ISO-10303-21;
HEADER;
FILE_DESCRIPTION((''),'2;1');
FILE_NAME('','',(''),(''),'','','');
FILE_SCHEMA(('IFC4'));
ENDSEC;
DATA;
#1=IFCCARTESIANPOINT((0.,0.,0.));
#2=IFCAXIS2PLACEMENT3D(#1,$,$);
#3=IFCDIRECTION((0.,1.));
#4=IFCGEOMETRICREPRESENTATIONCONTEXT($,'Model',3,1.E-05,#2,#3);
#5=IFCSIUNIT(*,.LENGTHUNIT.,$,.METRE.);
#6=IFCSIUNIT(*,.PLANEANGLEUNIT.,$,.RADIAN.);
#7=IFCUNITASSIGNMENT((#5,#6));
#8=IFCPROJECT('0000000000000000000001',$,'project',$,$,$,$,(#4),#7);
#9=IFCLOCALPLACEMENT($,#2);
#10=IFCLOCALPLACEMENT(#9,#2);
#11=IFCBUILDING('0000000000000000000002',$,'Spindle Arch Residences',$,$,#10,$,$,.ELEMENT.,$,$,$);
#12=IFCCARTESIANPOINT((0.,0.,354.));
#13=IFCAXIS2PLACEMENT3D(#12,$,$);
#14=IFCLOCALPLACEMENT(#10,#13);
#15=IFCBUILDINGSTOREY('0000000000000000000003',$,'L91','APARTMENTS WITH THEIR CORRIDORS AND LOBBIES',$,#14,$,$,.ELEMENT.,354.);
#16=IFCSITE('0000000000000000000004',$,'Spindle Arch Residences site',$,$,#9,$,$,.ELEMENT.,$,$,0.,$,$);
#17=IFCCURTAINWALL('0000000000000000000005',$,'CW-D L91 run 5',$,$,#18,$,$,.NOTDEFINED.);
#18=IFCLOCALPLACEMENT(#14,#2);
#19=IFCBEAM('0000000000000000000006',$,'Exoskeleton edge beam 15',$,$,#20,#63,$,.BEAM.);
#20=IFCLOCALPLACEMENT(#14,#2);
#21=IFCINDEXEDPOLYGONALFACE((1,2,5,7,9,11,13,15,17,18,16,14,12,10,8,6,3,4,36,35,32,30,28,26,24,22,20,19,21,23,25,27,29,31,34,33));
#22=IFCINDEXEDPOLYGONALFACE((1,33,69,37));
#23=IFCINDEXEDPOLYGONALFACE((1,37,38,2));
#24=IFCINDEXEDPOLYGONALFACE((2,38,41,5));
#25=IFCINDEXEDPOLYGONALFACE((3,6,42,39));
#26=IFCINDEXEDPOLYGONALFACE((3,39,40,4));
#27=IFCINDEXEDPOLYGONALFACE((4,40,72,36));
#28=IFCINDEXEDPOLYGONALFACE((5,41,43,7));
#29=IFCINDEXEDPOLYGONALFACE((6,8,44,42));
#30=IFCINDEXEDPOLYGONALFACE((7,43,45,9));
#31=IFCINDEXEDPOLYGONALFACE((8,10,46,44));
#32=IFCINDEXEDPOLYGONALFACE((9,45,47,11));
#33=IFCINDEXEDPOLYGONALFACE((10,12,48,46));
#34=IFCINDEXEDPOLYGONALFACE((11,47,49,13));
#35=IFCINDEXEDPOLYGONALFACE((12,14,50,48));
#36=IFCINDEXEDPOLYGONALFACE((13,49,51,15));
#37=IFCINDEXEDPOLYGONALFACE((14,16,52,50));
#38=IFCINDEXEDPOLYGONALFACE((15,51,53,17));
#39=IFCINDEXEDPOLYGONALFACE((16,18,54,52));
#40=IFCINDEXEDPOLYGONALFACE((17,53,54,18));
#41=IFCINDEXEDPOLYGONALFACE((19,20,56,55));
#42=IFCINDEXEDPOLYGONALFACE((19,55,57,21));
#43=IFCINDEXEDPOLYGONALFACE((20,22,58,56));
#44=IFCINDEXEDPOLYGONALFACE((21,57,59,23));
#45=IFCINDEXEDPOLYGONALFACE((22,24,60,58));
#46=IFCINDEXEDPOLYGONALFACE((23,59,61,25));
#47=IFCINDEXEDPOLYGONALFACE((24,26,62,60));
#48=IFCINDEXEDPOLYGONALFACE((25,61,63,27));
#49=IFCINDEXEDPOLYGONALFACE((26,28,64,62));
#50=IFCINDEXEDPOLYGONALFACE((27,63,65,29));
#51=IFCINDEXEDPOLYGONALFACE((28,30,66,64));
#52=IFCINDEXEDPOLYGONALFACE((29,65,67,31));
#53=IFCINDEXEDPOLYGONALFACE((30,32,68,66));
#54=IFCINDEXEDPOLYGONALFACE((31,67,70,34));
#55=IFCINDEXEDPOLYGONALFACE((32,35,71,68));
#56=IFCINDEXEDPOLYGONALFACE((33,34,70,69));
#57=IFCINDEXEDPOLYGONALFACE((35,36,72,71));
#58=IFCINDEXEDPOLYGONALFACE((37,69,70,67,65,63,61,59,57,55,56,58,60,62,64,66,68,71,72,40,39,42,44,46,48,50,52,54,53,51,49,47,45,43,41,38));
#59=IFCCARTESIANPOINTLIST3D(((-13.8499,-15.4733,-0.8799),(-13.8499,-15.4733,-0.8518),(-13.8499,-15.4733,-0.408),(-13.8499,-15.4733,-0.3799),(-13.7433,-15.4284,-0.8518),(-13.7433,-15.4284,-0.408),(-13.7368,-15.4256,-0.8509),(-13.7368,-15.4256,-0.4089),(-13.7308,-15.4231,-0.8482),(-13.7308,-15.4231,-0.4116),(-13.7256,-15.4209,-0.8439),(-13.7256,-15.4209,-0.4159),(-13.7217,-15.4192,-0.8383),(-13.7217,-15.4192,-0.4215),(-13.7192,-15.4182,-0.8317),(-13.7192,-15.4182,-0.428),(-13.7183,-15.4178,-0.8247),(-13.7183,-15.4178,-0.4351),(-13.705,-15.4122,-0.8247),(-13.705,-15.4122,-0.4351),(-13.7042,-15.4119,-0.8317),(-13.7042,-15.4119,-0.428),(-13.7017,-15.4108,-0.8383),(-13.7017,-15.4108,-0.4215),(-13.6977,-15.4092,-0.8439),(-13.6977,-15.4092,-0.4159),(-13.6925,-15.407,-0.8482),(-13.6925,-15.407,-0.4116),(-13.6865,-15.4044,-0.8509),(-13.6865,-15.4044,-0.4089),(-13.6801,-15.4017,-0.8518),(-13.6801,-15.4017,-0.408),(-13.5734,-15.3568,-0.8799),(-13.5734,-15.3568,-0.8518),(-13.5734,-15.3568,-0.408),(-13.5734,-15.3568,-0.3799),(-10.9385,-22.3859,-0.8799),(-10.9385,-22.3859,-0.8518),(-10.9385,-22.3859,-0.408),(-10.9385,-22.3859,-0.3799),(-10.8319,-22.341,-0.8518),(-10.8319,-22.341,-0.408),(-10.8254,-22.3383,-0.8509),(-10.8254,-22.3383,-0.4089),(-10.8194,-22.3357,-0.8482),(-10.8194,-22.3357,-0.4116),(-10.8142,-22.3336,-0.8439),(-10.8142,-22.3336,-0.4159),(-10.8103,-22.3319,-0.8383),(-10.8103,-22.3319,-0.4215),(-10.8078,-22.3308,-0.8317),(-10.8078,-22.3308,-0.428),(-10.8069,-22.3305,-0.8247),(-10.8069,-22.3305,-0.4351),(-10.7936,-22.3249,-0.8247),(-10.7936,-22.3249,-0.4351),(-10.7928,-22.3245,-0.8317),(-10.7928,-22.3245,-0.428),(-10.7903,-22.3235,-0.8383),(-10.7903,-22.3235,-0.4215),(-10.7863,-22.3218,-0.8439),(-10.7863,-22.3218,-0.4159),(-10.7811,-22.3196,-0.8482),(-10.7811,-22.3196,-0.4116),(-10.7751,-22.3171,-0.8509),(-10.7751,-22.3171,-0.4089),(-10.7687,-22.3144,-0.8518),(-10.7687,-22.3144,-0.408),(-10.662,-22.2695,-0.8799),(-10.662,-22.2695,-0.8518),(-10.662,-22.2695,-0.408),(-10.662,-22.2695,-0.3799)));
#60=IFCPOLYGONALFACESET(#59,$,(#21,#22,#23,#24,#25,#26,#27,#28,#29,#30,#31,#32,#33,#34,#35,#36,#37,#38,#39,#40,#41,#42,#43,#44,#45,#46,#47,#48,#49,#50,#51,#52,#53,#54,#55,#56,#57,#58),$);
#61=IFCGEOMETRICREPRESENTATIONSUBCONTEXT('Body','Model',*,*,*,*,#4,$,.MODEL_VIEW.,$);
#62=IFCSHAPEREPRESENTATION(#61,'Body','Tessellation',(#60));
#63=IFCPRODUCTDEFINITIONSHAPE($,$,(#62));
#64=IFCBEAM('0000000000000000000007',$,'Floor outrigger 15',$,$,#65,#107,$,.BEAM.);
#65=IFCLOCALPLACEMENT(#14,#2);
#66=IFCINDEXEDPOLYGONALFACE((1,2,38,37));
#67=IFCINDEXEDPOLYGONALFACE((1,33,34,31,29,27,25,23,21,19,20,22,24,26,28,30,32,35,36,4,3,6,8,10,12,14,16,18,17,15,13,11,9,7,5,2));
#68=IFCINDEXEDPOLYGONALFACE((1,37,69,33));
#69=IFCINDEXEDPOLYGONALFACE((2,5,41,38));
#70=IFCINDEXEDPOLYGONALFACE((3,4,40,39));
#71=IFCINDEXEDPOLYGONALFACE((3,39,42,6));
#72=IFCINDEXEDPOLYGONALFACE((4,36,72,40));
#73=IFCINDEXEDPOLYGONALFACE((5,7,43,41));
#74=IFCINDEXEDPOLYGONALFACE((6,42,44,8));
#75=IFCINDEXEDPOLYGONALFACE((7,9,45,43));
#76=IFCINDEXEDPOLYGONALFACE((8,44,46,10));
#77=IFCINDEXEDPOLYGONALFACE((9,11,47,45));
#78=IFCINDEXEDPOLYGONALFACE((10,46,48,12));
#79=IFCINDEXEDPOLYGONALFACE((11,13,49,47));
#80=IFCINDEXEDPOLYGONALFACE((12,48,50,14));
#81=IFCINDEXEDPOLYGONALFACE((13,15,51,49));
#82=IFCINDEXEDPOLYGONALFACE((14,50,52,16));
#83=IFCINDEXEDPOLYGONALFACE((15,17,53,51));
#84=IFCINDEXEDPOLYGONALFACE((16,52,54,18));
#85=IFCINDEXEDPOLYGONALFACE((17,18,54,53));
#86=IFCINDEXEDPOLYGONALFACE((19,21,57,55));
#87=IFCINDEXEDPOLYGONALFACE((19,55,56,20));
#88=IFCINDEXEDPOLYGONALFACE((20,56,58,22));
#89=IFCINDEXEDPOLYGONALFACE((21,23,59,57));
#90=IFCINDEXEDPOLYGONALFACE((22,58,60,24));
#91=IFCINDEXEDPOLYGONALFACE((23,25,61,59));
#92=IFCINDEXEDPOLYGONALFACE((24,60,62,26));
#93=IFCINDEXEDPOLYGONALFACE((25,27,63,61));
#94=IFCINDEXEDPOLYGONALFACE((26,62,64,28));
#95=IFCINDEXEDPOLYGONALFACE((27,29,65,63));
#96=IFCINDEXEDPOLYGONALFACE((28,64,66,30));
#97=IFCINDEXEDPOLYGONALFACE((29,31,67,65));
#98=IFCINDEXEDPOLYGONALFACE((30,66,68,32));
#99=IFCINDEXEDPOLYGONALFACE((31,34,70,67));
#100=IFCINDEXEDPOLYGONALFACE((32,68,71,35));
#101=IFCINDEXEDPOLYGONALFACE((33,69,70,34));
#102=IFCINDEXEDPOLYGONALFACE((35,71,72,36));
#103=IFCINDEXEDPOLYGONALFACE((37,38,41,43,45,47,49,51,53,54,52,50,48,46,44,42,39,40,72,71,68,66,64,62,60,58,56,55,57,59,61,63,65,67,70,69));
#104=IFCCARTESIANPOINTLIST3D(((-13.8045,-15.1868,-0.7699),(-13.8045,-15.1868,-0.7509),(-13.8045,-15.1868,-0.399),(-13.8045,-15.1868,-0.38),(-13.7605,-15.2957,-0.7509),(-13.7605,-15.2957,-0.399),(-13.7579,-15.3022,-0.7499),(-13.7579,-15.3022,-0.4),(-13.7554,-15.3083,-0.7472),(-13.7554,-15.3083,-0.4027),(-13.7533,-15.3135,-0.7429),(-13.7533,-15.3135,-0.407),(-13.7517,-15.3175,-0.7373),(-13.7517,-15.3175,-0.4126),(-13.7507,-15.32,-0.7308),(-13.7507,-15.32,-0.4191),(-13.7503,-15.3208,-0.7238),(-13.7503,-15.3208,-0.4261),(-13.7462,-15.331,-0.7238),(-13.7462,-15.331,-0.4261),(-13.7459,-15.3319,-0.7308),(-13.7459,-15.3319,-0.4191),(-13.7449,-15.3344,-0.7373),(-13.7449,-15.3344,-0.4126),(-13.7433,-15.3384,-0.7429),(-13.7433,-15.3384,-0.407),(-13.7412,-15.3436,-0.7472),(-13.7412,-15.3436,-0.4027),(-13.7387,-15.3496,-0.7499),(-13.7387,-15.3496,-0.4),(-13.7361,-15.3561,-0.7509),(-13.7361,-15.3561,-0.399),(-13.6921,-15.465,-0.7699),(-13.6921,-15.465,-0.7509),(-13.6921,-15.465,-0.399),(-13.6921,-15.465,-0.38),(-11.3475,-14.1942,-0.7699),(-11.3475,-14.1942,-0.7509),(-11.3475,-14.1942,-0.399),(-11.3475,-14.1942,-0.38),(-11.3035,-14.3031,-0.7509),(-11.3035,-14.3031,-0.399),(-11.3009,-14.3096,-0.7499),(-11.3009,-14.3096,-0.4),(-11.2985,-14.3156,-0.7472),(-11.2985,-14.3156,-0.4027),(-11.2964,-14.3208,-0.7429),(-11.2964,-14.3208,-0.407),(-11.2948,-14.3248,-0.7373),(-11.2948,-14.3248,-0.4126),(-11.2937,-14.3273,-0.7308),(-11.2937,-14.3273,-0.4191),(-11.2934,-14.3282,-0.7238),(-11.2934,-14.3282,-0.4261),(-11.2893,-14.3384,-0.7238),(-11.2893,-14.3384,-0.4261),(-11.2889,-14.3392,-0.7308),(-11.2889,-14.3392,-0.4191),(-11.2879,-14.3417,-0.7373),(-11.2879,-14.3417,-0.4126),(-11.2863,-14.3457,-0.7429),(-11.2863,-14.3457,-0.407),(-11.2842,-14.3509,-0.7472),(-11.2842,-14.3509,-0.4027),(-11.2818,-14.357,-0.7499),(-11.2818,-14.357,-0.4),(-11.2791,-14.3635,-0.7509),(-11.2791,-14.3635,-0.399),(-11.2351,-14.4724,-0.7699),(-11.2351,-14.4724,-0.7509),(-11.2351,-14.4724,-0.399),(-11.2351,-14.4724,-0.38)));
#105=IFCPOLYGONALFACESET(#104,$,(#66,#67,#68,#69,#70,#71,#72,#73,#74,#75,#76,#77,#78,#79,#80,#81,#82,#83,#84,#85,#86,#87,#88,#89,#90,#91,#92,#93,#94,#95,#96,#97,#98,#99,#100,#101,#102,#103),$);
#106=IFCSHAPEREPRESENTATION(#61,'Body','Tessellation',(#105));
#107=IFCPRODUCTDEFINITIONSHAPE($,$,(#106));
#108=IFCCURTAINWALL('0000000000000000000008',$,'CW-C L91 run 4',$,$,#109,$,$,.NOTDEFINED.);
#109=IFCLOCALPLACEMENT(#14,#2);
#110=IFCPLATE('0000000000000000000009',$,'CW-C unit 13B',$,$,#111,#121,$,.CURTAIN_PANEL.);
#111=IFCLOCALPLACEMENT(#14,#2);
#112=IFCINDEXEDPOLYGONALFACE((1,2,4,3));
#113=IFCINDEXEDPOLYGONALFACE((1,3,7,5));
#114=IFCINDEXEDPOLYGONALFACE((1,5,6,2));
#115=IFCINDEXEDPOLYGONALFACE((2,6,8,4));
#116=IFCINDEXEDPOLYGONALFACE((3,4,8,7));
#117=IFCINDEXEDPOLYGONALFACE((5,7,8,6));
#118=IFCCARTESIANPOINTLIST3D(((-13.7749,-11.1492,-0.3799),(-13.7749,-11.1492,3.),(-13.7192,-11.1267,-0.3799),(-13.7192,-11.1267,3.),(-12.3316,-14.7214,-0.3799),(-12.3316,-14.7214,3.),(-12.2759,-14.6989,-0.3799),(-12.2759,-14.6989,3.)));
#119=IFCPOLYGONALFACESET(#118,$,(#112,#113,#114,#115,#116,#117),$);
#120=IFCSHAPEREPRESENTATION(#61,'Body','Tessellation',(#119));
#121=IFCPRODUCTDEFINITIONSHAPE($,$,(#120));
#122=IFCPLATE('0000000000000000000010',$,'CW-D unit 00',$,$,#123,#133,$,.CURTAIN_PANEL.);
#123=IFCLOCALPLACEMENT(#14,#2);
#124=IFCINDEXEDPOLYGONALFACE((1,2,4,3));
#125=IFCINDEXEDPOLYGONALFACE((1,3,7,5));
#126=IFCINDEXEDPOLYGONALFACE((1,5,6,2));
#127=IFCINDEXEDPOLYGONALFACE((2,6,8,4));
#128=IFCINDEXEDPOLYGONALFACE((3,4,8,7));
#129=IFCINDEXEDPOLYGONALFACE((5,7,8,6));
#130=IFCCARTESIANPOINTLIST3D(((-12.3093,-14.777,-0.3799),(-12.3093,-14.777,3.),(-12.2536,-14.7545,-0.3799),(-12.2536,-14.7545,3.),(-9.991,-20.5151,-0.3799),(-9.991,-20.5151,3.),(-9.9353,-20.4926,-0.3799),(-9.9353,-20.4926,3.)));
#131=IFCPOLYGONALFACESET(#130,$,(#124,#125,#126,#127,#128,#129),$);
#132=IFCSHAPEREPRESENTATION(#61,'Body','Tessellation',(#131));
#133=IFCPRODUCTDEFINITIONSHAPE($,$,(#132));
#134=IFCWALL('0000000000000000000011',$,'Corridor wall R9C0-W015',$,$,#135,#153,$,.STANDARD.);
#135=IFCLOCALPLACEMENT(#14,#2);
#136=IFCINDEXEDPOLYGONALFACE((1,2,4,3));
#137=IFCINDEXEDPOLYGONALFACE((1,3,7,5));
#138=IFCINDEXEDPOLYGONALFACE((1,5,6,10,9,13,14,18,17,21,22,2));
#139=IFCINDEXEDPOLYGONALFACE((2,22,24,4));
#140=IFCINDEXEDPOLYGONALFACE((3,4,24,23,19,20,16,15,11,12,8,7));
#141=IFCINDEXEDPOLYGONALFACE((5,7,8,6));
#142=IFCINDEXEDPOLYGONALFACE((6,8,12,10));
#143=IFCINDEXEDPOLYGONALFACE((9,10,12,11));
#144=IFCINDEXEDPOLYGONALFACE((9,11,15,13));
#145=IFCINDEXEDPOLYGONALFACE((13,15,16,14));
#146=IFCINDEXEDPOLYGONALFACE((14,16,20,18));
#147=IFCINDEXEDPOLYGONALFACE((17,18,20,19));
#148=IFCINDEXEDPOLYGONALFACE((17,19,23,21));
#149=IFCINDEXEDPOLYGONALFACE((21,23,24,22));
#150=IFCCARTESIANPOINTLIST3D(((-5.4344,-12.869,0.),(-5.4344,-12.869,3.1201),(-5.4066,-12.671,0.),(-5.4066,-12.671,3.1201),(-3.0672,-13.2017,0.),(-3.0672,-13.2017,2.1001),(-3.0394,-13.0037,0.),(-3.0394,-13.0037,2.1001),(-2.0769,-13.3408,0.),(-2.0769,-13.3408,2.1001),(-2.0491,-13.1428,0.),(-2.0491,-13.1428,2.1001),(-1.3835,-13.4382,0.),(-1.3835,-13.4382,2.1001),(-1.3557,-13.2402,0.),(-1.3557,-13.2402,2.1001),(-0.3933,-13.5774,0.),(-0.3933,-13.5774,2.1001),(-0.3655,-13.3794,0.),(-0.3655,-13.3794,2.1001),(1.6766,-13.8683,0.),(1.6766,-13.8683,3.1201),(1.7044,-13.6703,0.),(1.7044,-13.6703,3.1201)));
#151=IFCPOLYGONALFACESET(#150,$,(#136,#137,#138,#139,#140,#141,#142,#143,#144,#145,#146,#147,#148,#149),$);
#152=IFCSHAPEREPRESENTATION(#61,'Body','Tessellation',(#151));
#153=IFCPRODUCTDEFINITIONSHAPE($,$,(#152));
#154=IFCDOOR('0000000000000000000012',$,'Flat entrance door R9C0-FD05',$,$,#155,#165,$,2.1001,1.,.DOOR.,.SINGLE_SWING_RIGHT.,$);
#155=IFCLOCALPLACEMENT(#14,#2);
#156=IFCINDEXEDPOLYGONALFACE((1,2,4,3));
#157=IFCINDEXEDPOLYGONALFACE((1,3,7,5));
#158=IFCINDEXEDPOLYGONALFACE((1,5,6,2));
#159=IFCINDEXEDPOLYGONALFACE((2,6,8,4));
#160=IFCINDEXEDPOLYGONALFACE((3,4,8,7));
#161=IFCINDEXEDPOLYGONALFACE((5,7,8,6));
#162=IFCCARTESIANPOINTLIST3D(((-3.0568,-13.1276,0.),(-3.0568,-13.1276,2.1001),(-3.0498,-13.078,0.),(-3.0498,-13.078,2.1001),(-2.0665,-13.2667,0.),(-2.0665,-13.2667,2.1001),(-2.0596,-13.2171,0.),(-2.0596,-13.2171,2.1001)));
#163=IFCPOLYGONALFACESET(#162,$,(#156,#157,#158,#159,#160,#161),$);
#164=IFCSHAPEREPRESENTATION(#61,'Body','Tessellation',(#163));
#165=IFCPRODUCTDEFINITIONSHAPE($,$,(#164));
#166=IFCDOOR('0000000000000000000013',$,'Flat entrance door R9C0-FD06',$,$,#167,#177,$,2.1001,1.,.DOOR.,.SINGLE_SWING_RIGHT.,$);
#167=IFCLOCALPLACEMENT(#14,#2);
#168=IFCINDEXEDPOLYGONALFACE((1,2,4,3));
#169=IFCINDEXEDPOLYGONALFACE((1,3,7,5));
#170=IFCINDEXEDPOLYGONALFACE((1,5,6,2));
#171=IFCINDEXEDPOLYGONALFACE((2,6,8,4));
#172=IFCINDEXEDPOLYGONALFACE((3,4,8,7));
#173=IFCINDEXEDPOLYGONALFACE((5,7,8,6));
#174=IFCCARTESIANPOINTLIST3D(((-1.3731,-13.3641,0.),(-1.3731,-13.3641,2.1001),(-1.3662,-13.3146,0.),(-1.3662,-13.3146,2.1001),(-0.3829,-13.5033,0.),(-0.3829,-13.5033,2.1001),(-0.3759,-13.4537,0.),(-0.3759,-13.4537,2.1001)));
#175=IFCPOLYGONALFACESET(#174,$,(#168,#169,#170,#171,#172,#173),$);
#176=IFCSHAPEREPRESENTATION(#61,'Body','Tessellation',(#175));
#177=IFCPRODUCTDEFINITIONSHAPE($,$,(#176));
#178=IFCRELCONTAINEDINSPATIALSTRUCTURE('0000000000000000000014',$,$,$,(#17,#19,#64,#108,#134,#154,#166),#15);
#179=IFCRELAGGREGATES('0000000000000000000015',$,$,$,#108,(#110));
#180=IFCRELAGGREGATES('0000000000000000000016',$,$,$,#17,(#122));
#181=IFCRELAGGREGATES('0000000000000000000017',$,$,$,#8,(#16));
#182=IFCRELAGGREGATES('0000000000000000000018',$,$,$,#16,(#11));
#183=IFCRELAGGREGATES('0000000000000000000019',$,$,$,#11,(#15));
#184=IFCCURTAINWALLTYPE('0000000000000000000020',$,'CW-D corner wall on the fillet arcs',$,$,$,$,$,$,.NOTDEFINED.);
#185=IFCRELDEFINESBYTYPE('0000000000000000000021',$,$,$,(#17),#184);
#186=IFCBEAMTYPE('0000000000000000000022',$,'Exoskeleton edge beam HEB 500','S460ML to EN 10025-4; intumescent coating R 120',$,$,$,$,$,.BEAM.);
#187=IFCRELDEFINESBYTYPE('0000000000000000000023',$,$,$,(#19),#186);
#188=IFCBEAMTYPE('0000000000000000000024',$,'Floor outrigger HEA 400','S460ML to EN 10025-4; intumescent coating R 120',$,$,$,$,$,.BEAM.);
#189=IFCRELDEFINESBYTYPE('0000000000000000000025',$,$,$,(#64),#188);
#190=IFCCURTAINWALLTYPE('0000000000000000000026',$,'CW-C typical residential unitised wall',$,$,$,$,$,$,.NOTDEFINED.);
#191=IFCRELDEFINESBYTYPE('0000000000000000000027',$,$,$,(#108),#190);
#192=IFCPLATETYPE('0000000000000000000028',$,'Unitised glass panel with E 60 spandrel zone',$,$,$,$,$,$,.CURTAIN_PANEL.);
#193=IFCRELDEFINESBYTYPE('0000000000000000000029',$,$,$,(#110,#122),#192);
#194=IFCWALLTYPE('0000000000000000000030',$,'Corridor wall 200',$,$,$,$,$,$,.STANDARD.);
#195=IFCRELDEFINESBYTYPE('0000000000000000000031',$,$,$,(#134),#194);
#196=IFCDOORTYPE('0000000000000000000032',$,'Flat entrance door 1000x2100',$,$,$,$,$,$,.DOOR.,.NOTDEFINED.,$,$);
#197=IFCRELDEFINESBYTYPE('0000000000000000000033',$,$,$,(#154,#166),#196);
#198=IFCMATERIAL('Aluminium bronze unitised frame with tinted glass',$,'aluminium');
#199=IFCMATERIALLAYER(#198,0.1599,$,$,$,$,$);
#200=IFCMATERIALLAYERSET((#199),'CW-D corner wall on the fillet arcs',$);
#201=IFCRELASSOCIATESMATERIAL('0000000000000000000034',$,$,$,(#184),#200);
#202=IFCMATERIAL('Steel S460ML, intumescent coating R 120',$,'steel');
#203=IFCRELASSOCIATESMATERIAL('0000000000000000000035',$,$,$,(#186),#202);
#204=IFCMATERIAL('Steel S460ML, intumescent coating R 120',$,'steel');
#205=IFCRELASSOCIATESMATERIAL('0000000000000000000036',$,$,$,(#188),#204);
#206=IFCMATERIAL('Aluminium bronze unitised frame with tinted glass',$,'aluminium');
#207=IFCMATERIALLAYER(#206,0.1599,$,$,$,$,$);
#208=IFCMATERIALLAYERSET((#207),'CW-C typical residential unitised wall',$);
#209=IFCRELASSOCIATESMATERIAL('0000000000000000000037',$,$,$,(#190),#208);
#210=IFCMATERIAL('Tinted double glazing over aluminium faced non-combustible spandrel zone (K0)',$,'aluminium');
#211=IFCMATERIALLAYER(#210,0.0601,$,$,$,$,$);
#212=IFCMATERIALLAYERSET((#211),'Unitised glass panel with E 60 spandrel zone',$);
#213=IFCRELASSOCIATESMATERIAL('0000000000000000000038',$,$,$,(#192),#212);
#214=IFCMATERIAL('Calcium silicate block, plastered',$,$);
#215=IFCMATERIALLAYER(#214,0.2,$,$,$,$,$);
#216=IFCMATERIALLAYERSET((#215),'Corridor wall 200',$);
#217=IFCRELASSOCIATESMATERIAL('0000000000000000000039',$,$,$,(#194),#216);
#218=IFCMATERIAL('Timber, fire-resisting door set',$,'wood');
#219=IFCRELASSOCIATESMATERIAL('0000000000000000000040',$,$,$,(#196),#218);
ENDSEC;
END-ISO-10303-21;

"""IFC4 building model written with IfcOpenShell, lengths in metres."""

from ifc_helpers import new_model, si_unit, direction, frame, frame_2d, origin, origin_2d, place, context, subcontext, project, spatial, rectangle, i_section, extrude, material, layer, layer_set, material_profile, profile_set, type_object, element, fill, aggregate, save


model = new_model("IFC4")

# Units and contexts
model_context = context("Model", 3, precision=1e-05, world=origin(), true_north=direction((0.0, 1.0)))
body_context = subcontext(model_context, "Body", "Model", "MODEL_VIEW")
ifc_project = project(units=[si_unit("LENGTHUNIT", "METRE"), si_unit("PLANEANGLEUNIT", "RADIAN")], contexts=[model_context])

# Site, building, storey
site_placement = place(None, origin())
site = spatial("IfcSite", under=ifc_project, at=site_placement, Name="Spindle Arch Residences site", CompositionType="ELEMENT", RefElevation=0.0)
building_placement = place(site_placement, origin())
building = spatial("IfcBuilding", under=site, at=building_placement, Name="Spindle Arch Residences", CompositionType="ELEMENT")
storey_placement = place(building_placement, frame((0.0, 0.0, 354.0)))
storey = spatial("IfcBuildingStorey", under=building, at=storey_placement, Name="L91", Description="APARTMENTS WITH THEIR CORRIDORS AND LOBBIES", CompositionType="ELEMENT", Elevation=354.0)

# Curtain wall
ifc_material_1 = material(Name="Aluminium bronze unitised frame with tinted glass", Category="aluminium")
ifc_layer_1 = layer(ifc_material_1, 0.1599)
ifc_layer_set_1 = layer_set([ifc_layer_1], Name="CW-D corner wall on the fillet arcs")
curtain_wall_type_1 = type_object("IfcCurtainWallType", Name="CW-D corner wall on the fillet arcs", PredefinedType="NOTDEFINED", material=ifc_layer_set_1)
curtain_wall_1_placement = place(storey_placement, origin())
curtain_wall_1 = element("IfcCurtainWall", 1, at=curtain_wall_1_placement, inside=storey, type_object=curtain_wall_type_1, Name="CW-D L91 run 5", PredefinedType="NOTDEFINED")

# Beams
ifc_material_2 = material(Name="Steel S460ML, intumescent coating R 120", Category="steel")
ifc_material_profile_1 = material_profile(ifc_material_2, i_section(OverallWidth=0.3, OverallDepth=0.5, WebThickness=0.0144, FlangeThickness=0.0281, FilletRadius=0.0271, at=origin_2d()), Name="HEB 500")
ifc_profile_set_1 = profile_set([ifc_material_profile_1], Name="Steel S460ML, intumescent coating R 120")
beam_type_1 = type_object("IfcBeamType", Name="Exoskeleton edge beam HEB 500", Description="S460ML to EN 10025-4; intumescent coating R 120", PredefinedType="BEAM", material=ifc_profile_set_1)
beam_1_placement = place(storey_placement, frame((-13.7117, -15.415, -0.6299), z_axis=(0.388149, -0.921597, 0.0), x_axis=(0.921597, 0.388149, 0.0)))
element("IfcBeam", 2, at=beam_1_placement, inside=storey, type_object=beam_type_1, Name="Exoskeleton edge beam 15", PredefinedType="BEAM", context=body_context, shape_type="SweptSolid", body=[
    extrude(i_section(OverallWidth=0.3, OverallDepth=0.5, WebThickness=0.0144, FlangeThickness=0.0281, FilletRadius=0.0271, at=origin_2d()), origin(), (0.0, 0.0, 1.0), 7.5007),
])
ifc_material_3 = material(Name="Steel S460ML, intumescent coating R 120", Category="steel")
ifc_material_profile_2 = material_profile(ifc_material_3, i_section(OverallWidth=0.3, OverallDepth=0.3899, WebThickness=0.011, FlangeThickness=0.019, FilletRadius=0.0271, at=origin_2d()), Name="HEA 400")
ifc_profile_set_2 = profile_set([ifc_material_profile_2], Name="Steel S460ML, intumescent coating R 120")
beam_type_2 = type_object("IfcBeamType", Name="Floor outrigger HEA 400", Description="S460ML to EN 10025-4; intumescent coating R 120", PredefinedType="BEAM", material=ifc_profile_set_2)
beam_2_placement = place(storey_placement, frame((-13.7483, -15.3259, -0.575), z_axis=(0.927188, 0.374597, 0.0), x_axis=(-0.374597, 0.927188, 0.0)))
element("IfcBeam", 3, at=beam_2_placement, inside=storey, type_object=beam_type_2, Name="Floor outrigger 15", PredefinedType="BEAM", context=body_context, shape_type="SweptSolid", body=[
    extrude(i_section(OverallWidth=0.3, OverallDepth=0.3899, WebThickness=0.011, FlangeThickness=0.019, FilletRadius=0.0271, at=origin_2d()), origin(), (0.0, 0.0, 1.0), 2.6499),
])

# Curtain wall, plate
ifc_material_4 = material(Name="Aluminium bronze unitised frame with tinted glass", Category="aluminium")
ifc_layer_2 = layer(ifc_material_4, 0.1599)
ifc_layer_set_2 = layer_set([ifc_layer_2], Name="CW-C typical residential unitised wall")
curtain_wall_type_2 = type_object("IfcCurtainWallType", Name="CW-C typical residential unitised wall", PredefinedType="NOTDEFINED", material=ifc_layer_set_2)
curtain_wall_2_placement = place(storey_placement, origin())
curtain_wall_2 = element("IfcCurtainWall", 4, at=curtain_wall_2_placement, inside=storey, type_object=curtain_wall_type_2, Name="CW-C L91 run 4", PredefinedType="NOTDEFINED")
ifc_material_5 = material(Name="Tinted double glazing over aluminium faced non-combustible spandrel zone (K0)", Category="aluminium")
ifc_layer_3 = layer(ifc_material_5, 0.0601)
ifc_layer_set_3 = layer_set([ifc_layer_3], Name="Unitised glass panel with E 60 spandrel zone")
plate_type = type_object("IfcPlateType", Name="Unitised glass panel with E 60 spandrel zone", PredefinedType="CURTAIN_PANEL", material=ifc_layer_set_3)
plate_1_placement = place(storey_placement, frame((-13.0254, -12.9241, -0.3799), z_axis=(0.0, 0.0, 1.0), x_axis=(0.374607, -0.927184, 0.0)))
plate_1 = element("IfcPlate", 5, at=plate_1_placement, type_object=plate_type, Name="CW-C unit 13B", PredefinedType="CURTAIN_PANEL", context=body_context, shape_type="SweptSolid", body=[
    extrude(rectangle(XDim=3.8528, YDim=0.0601, at=origin_2d()), origin(), (0.0, 0.0, 1.0), 3.3799),
])
aggregate(curtain_wall_2, [plate_1])

# Plate
plate_2_placement = place(storey_placement, frame((-11.1223, -17.6348, -0.3799), z_axis=(0.0, 0.0, 1.0), x_axis=(0.374607, -0.927184, 0.0)))
plate_2 = element("IfcPlate", 6, at=plate_2_placement, type_object=plate_type, Name="CW-D unit 00", PredefinedType="CURTAIN_PANEL", context=body_context, shape_type="SweptSolid", body=[
    extrude(rectangle(XDim=6.1887, YDim=0.0601, at=origin_2d()), origin(), (0.0, 0.0, 1.0), 3.3799),
])
aggregate(curtain_wall_1, [plate_2])

# Wall, openings, doors
ifc_material_6 = material(Name="Calcium silicate block, plastered")
ifc_layer_4 = layer(ifc_material_6, 0.2)
ifc_layer_set_4 = layer_set([ifc_layer_4], Name="Corridor wall 200")
wall_type_1 = type_object("IfcWallType", Name="Corridor wall 200", PredefinedType="STANDARD", material=ifc_layer_set_4)
wall_1_placement = place(storey_placement, frame((-5.4204, -12.77, 0.0), z_axis=(0.0, 0.0, 1.0), x_axis=(0.990271, -0.139155, 0.0)))
wall_1 = element("IfcWall", 7, at=wall_1_placement, inside=storey, type_object=wall_type_1, Name="Corridor wall R9C0-W015", PredefinedType="STANDARD", context=body_context, shape_type="SweptSolid", body=[
    extrude(rectangle(XDim=7.1809, YDim=0.2, at=frame_2d((3.5903, 0.0))), origin(), (0.0, 0.0, 1.0), 3.1201),
])
opening_1_placement = place(wall_1_placement, frame((2.3904, 0.0, 0.0)))
opening_1 = element("IfcOpeningElement", 8, at=opening_1_placement, cuts=wall_1, PredefinedType="OPENING", context=body_context, shape_type="SweptSolid", body=[
    extrude(rectangle(XDim=1.0, YDim=2.1001, at=frame_2d((0.5, 1.05))), frame((0.0, 0.1099, 0.0), z_axis=(0.0, -1.0, 0.0), x_axis=(1.0, 0.0, 0.0)), (0.0, 0.0, 1.0), 0.22),
])
opening_2_placement = place(wall_1_placement, frame((4.0906, 0.0, 0.0)))
opening_2 = element("IfcOpeningElement", 9, at=opening_2_placement, cuts=wall_1, PredefinedType="OPENING", context=body_context, shape_type="SweptSolid", body=[
    extrude(rectangle(XDim=1.0, YDim=2.1001, at=frame_2d((0.5, 1.05))), frame((0.0, 0.1099, 0.0), z_axis=(0.0, -1.0, 0.0), x_axis=(1.0, 0.0, 0.0)), (0.0, 0.0, 1.0), 0.22),
])
ifc_material_7 = material(Name="Timber, fire-resisting door set", Category="wood")
door_type_1 = type_object("IfcDoorType", Name="Flat entrance door 1000x2100", OperationType="NOTDEFINED", PredefinedType="DOOR", material=ifc_material_7)
door_1_placement = place(opening_1_placement, origin())
door_1 = element("IfcDoor", 10, at=door_1_placement, inside=storey, type_object=door_type_1, Name="Flat entrance door R9C0-FD05", OperationType="SINGLE_SWING_RIGHT", OverallHeight=2.1001, OverallWidth=1.0, PredefinedType="DOOR", context=body_context, shape_type="SweptSolid", body=[
    extrude(rectangle(XDim=1.0, YDim=2.1001, at=frame_2d((0.5, 1.05))), frame((0.0, 0.0249, 0.0), z_axis=(0.0, -1.0, 0.0), x_axis=(1.0, 0.0, 0.0)), (0.0, 0.0, 1.0), 0.05),
])
fill(opening_1, door_1)
door_2_placement = place(opening_2_placement, origin())
door_2 = element("IfcDoor", 11, at=door_2_placement, inside=storey, type_object=door_type_1, Name="Flat entrance door R9C0-FD06", OperationType="SINGLE_SWING_RIGHT", OverallHeight=2.1001, OverallWidth=1.0, PredefinedType="DOOR", context=body_context, shape_type="SweptSolid", body=[
    extrude(rectangle(XDim=1.0, YDim=2.1001, at=frame_2d((0.5, 1.05))), frame((0.0, 0.0249, 0.0), z_axis=(0.0, -1.0, 0.0), x_axis=(1.0, 0.0, 0.0)), (0.0, 0.0, 1.0), 0.05),
])
fill(opening_2, door_2)

save(model, "model.ifc")
